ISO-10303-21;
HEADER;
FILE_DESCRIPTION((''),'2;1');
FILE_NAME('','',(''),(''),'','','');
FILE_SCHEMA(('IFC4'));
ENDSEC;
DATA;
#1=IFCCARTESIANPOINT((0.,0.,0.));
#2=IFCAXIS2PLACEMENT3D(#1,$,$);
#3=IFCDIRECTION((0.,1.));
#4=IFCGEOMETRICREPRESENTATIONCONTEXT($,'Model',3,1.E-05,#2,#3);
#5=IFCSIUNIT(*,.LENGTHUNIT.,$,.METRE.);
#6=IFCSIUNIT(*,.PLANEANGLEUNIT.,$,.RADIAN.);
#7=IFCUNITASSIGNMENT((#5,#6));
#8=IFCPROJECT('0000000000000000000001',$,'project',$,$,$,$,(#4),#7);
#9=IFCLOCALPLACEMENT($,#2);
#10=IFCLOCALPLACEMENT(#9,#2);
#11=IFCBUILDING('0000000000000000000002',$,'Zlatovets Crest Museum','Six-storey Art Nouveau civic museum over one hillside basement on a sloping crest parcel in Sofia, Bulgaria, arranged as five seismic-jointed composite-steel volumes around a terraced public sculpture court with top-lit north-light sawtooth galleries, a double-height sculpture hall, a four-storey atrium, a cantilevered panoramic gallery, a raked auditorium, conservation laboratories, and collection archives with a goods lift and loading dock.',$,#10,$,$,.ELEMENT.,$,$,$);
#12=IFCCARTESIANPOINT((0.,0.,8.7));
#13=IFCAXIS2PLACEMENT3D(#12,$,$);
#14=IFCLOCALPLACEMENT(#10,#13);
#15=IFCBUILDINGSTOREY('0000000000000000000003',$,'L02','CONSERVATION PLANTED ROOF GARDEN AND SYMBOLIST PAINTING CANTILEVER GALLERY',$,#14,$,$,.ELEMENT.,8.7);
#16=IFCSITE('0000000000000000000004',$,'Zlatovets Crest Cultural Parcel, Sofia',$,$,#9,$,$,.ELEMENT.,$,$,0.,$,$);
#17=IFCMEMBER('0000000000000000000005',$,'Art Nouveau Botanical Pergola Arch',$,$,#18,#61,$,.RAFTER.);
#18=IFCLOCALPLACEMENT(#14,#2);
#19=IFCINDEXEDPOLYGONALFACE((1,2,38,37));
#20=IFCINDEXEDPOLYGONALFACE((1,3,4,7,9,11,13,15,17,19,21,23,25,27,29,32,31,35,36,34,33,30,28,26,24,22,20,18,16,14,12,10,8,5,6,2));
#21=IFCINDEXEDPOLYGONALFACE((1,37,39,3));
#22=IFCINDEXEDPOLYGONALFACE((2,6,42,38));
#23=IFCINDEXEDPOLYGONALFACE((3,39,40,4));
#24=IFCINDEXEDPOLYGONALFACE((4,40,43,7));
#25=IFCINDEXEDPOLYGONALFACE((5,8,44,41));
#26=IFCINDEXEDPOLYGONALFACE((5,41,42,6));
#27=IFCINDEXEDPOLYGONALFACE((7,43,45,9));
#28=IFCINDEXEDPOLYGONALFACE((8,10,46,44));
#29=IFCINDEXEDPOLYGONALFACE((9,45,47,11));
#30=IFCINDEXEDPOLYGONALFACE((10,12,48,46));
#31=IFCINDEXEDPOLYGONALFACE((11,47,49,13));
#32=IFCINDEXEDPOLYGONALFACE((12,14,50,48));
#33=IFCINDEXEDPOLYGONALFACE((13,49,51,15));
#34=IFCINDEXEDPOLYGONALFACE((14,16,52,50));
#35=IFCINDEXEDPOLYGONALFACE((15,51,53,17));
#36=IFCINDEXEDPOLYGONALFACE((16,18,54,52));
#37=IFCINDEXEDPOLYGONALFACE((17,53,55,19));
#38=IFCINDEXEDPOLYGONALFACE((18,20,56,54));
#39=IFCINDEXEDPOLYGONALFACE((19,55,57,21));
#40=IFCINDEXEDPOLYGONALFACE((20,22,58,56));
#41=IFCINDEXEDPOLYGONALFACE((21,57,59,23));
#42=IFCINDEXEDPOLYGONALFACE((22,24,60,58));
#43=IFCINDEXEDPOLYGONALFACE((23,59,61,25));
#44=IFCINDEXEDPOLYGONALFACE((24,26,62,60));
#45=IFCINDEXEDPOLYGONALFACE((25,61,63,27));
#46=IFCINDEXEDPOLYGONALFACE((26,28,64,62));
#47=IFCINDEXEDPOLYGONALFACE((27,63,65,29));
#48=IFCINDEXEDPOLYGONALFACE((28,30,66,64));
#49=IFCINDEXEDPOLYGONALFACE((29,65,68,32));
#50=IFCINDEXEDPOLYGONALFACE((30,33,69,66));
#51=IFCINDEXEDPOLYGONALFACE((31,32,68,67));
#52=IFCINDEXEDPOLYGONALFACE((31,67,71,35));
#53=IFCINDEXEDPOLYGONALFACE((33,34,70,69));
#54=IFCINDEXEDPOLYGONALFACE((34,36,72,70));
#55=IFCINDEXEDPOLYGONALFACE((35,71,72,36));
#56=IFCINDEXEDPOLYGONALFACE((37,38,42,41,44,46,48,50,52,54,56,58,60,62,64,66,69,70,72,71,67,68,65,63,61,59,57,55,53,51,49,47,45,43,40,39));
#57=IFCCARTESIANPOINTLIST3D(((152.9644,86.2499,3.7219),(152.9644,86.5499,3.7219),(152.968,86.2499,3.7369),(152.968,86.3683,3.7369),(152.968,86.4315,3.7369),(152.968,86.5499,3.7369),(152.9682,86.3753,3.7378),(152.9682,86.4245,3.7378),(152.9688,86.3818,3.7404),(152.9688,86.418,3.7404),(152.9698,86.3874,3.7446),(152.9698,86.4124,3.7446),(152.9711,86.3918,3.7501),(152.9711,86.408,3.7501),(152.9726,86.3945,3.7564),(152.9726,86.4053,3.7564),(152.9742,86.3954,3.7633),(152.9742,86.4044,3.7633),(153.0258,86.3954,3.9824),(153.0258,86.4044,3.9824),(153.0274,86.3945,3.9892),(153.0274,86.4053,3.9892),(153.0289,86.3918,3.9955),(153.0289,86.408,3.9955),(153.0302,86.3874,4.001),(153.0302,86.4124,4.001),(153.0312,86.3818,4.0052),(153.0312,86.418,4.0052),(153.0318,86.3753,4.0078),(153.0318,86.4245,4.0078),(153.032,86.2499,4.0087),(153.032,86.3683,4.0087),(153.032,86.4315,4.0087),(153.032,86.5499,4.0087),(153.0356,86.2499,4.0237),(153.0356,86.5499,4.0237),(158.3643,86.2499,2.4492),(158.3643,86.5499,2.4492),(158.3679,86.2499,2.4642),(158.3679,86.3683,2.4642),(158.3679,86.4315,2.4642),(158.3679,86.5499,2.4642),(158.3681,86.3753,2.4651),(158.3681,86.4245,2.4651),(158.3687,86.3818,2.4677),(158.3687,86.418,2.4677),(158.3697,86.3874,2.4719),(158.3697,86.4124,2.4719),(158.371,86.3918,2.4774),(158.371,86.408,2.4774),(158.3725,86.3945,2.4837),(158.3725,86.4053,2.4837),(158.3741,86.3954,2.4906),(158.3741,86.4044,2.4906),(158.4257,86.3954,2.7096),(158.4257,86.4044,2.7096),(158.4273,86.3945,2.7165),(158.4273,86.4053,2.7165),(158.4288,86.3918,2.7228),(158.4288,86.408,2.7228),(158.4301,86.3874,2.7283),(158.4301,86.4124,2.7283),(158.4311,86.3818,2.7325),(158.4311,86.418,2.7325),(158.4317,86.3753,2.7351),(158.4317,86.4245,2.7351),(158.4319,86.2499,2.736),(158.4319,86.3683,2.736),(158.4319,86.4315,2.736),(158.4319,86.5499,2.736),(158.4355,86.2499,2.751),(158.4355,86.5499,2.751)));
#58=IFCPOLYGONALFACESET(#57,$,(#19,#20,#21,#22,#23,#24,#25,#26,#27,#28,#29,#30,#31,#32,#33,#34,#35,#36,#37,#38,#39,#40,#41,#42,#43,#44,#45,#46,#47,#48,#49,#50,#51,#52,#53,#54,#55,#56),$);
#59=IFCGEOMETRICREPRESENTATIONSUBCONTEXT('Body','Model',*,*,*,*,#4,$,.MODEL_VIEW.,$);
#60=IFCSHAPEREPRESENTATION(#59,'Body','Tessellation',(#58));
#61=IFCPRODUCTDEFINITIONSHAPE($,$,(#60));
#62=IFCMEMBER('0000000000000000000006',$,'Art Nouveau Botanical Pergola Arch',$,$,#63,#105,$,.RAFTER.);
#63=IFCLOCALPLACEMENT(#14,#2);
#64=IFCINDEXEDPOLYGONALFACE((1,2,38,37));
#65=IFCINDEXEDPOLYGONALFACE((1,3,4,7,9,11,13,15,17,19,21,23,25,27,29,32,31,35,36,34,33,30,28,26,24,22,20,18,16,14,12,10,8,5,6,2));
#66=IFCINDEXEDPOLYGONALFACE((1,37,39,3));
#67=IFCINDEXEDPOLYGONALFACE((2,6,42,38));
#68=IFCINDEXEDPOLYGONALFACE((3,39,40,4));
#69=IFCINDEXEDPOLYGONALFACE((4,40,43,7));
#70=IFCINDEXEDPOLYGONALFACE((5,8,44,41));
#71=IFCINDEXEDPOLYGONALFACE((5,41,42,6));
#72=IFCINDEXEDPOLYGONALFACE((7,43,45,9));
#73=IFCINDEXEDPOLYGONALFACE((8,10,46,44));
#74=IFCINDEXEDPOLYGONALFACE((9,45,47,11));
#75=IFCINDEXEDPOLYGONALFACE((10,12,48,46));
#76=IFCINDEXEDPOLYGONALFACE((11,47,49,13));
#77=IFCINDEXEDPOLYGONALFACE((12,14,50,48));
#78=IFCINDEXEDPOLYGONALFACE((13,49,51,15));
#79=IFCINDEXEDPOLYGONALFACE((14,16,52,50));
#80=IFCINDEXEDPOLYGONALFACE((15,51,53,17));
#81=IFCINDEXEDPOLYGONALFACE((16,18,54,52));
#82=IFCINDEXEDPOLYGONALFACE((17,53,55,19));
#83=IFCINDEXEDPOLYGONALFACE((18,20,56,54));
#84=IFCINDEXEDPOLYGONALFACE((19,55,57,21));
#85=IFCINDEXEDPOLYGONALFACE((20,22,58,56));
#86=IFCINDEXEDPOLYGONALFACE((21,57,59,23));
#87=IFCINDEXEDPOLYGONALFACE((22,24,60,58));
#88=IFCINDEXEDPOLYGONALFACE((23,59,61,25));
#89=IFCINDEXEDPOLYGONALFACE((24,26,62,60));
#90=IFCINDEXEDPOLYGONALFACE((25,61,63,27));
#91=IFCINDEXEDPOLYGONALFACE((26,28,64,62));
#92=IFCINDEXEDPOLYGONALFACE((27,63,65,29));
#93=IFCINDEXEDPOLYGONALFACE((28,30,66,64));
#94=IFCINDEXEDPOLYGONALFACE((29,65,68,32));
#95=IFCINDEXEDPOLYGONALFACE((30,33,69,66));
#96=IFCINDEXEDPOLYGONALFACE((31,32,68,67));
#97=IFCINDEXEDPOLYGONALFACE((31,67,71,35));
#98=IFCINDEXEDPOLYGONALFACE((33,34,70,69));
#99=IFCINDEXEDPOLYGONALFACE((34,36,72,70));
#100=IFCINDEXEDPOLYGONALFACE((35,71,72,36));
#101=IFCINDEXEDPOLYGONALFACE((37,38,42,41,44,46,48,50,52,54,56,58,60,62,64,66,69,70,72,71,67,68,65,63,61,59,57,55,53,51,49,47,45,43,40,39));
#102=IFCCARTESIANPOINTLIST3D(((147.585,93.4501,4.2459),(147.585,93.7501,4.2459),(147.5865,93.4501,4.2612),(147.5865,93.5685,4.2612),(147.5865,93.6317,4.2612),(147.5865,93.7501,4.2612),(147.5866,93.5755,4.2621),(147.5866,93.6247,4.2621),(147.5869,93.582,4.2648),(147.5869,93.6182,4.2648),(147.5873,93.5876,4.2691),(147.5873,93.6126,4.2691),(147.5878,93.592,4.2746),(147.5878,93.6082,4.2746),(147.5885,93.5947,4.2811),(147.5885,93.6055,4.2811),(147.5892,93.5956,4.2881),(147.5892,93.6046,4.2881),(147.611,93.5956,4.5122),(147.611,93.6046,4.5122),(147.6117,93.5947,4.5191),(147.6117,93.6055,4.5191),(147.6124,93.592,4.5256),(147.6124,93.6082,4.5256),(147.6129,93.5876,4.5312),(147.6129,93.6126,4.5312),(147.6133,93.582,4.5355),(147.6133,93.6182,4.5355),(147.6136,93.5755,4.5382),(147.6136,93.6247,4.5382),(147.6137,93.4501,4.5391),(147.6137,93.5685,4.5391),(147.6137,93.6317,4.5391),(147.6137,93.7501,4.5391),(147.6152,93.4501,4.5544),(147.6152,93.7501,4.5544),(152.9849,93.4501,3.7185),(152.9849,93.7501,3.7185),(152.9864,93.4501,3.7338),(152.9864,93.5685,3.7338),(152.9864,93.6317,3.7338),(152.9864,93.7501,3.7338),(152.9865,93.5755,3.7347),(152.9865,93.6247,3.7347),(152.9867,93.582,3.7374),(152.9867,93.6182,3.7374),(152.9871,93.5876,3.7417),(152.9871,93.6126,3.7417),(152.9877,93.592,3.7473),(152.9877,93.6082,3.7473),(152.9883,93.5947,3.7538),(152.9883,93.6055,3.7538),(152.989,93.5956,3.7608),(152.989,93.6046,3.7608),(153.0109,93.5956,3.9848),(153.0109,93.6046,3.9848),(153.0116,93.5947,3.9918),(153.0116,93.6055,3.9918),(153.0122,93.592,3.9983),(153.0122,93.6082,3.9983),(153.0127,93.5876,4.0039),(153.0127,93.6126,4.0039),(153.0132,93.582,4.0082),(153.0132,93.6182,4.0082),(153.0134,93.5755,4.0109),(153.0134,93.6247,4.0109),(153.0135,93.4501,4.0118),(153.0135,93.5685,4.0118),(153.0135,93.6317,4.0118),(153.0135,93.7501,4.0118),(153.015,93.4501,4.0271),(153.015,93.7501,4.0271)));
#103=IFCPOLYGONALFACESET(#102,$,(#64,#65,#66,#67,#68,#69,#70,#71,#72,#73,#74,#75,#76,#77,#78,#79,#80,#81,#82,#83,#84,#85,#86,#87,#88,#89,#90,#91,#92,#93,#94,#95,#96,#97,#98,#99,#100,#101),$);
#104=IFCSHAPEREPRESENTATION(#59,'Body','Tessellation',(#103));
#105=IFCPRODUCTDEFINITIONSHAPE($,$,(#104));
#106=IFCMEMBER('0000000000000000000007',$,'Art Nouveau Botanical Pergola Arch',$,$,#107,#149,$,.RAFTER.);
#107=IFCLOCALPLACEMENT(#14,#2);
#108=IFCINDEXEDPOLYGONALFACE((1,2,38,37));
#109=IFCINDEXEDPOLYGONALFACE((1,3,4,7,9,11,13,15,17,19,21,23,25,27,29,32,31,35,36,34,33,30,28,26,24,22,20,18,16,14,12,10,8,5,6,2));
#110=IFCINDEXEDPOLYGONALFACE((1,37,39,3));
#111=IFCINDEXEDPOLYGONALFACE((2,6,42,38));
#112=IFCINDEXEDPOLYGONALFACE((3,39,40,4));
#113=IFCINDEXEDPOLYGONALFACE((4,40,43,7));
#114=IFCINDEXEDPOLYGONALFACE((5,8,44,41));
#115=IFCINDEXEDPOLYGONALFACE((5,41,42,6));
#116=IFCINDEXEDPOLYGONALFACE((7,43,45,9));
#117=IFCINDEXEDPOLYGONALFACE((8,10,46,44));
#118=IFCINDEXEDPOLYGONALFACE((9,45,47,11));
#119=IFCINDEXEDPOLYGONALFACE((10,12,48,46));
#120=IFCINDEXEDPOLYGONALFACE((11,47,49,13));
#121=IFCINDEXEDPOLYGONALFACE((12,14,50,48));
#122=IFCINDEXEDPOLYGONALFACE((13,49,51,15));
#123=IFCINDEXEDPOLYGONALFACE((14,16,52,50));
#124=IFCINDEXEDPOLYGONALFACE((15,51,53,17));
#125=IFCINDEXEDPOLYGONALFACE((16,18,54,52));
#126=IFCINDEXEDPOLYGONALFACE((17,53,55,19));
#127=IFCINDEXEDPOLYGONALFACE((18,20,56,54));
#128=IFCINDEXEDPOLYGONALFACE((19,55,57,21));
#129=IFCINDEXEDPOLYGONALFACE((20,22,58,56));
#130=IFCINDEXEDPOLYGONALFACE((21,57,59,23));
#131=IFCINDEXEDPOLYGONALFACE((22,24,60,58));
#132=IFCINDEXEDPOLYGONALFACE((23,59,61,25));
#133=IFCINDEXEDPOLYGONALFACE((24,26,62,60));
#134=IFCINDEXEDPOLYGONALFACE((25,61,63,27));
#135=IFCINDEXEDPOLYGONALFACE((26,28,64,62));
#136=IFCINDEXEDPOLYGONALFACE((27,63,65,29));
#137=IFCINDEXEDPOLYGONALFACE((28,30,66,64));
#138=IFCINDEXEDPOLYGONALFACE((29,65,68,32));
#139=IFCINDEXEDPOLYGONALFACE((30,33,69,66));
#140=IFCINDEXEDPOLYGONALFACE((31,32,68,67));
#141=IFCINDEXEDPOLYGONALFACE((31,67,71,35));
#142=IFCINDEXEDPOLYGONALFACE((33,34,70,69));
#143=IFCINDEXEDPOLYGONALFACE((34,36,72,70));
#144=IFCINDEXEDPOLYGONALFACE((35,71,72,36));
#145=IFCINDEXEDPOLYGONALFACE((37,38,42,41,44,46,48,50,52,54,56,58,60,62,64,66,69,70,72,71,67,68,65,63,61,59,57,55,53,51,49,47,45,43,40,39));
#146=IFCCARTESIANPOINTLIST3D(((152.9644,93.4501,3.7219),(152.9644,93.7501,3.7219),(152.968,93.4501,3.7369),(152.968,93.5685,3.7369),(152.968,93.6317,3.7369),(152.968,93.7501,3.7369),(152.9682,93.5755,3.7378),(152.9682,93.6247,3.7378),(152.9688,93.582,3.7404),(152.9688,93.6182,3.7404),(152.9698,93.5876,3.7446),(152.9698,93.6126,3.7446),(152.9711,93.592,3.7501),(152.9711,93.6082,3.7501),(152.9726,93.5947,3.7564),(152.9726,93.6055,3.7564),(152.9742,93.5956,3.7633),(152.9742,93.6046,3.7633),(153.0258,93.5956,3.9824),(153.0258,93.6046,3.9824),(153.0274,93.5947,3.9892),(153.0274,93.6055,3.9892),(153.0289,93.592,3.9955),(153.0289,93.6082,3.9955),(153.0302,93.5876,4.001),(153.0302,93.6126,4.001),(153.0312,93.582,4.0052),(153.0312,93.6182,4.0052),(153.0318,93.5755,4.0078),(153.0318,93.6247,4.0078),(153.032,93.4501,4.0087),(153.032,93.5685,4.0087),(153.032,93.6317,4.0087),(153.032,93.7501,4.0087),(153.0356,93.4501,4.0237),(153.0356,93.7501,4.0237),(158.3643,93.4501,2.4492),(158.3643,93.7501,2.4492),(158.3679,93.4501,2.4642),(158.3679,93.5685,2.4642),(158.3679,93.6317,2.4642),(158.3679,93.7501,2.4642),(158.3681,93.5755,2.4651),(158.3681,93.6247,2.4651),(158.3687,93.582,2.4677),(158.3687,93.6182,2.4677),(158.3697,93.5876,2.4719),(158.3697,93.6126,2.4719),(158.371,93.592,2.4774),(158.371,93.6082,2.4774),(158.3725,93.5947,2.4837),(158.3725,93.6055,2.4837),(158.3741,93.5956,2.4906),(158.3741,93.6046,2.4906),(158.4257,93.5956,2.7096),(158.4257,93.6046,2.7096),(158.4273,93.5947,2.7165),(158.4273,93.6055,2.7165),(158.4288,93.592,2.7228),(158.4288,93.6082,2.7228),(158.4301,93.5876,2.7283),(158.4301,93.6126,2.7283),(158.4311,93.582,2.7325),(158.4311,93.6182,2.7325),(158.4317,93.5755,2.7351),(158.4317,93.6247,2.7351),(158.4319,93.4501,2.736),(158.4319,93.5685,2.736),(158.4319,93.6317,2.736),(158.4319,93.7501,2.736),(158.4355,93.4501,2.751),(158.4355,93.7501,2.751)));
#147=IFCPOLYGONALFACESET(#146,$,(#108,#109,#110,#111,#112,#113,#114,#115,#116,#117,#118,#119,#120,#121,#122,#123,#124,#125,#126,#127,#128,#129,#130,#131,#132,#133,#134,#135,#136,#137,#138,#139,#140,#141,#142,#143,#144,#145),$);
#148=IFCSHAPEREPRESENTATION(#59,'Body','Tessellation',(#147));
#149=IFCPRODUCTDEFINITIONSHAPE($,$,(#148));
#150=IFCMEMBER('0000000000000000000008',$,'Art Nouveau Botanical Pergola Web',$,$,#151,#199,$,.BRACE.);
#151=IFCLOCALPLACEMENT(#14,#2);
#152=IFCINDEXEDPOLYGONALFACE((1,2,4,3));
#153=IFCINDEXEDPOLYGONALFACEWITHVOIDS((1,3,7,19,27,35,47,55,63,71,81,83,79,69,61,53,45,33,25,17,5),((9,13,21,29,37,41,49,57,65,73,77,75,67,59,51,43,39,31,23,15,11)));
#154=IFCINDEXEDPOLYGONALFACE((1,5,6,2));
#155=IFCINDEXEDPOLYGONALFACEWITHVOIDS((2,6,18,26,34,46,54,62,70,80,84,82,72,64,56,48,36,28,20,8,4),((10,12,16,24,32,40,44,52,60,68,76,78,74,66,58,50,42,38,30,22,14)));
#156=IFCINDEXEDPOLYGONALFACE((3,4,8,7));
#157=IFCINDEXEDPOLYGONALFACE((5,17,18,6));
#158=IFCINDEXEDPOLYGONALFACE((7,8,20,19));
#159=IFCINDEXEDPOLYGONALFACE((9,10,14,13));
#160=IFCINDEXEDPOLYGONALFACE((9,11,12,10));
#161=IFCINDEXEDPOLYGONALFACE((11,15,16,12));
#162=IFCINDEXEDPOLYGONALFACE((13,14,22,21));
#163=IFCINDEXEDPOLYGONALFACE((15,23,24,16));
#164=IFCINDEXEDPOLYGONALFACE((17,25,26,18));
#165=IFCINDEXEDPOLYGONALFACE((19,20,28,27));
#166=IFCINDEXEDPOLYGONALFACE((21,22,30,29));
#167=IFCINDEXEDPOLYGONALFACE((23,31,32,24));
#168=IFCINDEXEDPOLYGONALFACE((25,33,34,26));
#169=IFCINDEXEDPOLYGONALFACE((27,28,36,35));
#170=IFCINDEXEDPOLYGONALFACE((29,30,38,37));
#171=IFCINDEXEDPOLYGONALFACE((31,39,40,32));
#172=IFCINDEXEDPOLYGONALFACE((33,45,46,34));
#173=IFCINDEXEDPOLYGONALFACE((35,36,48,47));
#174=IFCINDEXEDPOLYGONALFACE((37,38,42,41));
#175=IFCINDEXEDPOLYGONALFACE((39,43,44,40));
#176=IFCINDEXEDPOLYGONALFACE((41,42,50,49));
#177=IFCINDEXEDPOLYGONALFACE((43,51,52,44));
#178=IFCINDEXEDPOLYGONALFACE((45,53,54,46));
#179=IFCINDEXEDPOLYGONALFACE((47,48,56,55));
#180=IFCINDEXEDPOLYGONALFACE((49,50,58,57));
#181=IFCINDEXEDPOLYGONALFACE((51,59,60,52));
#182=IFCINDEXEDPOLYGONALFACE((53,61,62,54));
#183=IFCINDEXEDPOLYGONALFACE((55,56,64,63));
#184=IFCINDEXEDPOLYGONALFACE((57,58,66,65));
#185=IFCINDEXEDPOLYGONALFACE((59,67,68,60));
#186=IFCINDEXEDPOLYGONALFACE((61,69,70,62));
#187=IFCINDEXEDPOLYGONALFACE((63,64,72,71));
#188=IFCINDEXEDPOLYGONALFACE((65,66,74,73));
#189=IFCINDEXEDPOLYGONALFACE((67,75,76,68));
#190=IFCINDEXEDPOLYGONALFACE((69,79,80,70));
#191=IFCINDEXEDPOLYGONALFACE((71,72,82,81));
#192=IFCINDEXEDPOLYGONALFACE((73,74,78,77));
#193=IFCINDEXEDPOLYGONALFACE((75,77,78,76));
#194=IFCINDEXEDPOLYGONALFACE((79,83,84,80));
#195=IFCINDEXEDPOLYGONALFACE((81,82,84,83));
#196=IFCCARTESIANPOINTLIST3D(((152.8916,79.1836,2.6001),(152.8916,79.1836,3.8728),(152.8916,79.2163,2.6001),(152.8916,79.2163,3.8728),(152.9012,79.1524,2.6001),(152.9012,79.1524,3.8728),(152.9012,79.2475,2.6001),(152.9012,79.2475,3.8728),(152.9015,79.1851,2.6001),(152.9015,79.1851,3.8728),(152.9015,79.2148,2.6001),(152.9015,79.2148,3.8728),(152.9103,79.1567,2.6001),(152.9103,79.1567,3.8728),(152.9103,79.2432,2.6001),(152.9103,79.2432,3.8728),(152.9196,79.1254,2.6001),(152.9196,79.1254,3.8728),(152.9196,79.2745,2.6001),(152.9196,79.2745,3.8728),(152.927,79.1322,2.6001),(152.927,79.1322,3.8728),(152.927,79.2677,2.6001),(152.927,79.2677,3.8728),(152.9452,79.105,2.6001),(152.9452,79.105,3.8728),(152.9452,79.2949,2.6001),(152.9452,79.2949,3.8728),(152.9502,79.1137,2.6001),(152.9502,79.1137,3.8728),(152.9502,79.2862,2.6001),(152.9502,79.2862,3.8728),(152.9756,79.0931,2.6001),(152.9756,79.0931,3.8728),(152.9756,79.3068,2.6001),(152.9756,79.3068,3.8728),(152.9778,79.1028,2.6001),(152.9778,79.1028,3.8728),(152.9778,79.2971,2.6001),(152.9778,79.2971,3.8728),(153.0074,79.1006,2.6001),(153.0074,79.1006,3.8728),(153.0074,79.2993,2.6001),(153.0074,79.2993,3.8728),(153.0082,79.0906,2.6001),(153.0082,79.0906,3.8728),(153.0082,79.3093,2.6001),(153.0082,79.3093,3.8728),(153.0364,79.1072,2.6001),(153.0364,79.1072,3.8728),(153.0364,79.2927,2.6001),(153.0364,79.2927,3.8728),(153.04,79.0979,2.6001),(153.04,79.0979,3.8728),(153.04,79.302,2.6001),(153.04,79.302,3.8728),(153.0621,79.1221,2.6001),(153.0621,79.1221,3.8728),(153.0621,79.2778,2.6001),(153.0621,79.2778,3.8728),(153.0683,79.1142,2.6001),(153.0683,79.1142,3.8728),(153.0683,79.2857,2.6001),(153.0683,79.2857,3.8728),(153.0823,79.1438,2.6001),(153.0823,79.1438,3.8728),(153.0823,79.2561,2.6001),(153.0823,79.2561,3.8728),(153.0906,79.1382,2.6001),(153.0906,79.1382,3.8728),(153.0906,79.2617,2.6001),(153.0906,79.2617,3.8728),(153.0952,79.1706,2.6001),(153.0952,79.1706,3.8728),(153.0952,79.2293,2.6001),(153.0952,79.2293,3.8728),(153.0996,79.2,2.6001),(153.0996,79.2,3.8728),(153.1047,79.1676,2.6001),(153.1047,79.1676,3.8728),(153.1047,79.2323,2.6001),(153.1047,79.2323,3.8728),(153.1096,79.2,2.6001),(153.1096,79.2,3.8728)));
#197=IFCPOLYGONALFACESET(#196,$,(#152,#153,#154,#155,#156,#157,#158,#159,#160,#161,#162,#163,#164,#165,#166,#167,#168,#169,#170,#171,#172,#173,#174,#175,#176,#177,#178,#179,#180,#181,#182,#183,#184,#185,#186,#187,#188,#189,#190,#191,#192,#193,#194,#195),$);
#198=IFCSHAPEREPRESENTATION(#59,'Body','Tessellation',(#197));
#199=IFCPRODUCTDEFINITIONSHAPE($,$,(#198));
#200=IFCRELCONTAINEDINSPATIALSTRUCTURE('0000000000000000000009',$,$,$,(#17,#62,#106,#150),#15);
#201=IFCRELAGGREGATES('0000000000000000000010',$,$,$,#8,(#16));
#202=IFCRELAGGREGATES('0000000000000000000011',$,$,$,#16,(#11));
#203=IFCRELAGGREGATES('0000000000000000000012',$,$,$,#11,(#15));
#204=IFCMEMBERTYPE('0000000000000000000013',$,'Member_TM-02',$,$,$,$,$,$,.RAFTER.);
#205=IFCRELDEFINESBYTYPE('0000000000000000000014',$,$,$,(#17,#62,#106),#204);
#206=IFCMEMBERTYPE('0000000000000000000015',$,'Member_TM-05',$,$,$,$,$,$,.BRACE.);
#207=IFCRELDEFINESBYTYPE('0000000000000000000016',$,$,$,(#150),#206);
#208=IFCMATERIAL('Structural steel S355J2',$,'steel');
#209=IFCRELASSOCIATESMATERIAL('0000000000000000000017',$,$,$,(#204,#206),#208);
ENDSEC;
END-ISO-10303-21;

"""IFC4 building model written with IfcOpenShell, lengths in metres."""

from ifc_helpers import new_model, si_unit, direction, frame, origin, origin_2d, place, context, subcontext, project, spatial, hollow_circle, i_section, extrude, material, material_profile, profile_set, type_object, element, save


model = new_model("IFC4")

# Units and contexts
model_context = context("Model", 3, precision=1e-05, world=origin(), true_north=direction((0.0, 1.0)))
body_context = subcontext(model_context, "Body", "Model", "MODEL_VIEW")
ifc_project = project(units=[si_unit("LENGTHUNIT", "METRE"), si_unit("PLANEANGLEUNIT", "RADIAN")], contexts=[model_context])

# Site, building, storey
site_placement = place(None, origin())
site = spatial("IfcSite", under=ifc_project, at=site_placement, Name="Zlatovets Crest Cultural Parcel, Sofia", CompositionType="ELEMENT", RefElevation=0.0)
building_placement = place(site_placement, origin())
building = spatial("IfcBuilding", under=site, at=building_placement, Name="Zlatovets Crest Museum", Description="Six-storey Art Nouveau civic museum over one hillside basement on a sloping crest parcel in Sofia, Bulgaria, arranged as five seismic-jointed composite-steel volumes around a terraced public sculpture court with top-lit north-light sawtooth galleries, a double-height sculpture hall, a four-storey atrium, a cantilevered panoramic gallery, a raked auditorium, conservation laboratories, and collection archives with a goods lift and loading dock.", CompositionType="ELEMENT")
storey_placement = place(building_placement, frame((0.0, 0.0, 8.7)))
storey = spatial("IfcBuildingStorey", under=building, at=storey_placement, Name="L02", Description="CONSERVATION PLANTED ROOF GARDEN AND SYMBOLIST PAINTING CANTILEVER GALLERY", CompositionType="ELEMENT", Elevation=8.7)

# Shared definitions
ifc_material = material(Name="Structural steel S355J2", Category="steel")

# Members
ifc_material_profile_1 = material_profile(ifc_material, i_section(OverallWidth=0.3, OverallDepth=0.3101, WebThickness=0.009, FlangeThickness=0.0154, FilletRadius=0.0271, at=origin_2d()), Name="HEA 320")
ifc_profile_set_1 = profile_set([ifc_material_profile_1], Name="Structural steel S355J2")
member_type_1 = type_object("IfcMemberType", Name="Member_TM-02", PredefinedType="RAFTER", material=ifc_profile_set_1)
for number, where, z_axis, x_axis, name in (
    (1, (153.0, 86.3999, 3.8728), (0.973331, 0.0, -0.229405), (0.0, 1.0, 0.0), "Art Nouveau Botanical Pergola Arch"),
):
    element("IfcMember", number, at=place(storey_placement, frame(where, z_axis=z_axis, x_axis=x_axis)), inside=storey, type_object=member_type_1, Name=name, PredefinedType="RAFTER", context=body_context, shape_type="SweptSolid", body=[
        extrude(i_section(OverallWidth=0.3, OverallDepth=0.3101, WebThickness=0.009, FlangeThickness=0.0154, FilletRadius=0.0271, at=origin_2d()), origin(), (0.0, 0.0, 1.0), 5.5479),
    ])
member_1_placement = place(storey_placement, frame((147.6001, 93.6001, 4.4001), z_axis=(0.995265, 0.0, -0.097196), x_axis=(0.0, 1.0, 0.0)))
element("IfcMember", 2, at=member_1_placement, inside=storey, type_object=member_type_1, Name="Art Nouveau Botanical Pergola Arch", PredefinedType="RAFTER", context=body_context, shape_type="SweptSolid", body=[
    extrude(i_section(OverallWidth=0.3, OverallDepth=0.3101, WebThickness=0.009, FlangeThickness=0.0154, FilletRadius=0.0271, at=origin_2d()), origin(), (0.0, 0.0, 1.0), 5.4255),
])
member_2_placement = place(storey_placement, frame((153.0, 93.6001, 3.8728), z_axis=(0.973331, 0.0, -0.229405), x_axis=(0.0, 1.0, 0.0)))
element("IfcMember", 3, at=member_2_placement, inside=storey, type_object=member_type_1, Name="Art Nouveau Botanical Pergola Arch", PredefinedType="RAFTER", context=body_context, shape_type="SweptSolid", body=[
    extrude(i_section(OverallWidth=0.3, OverallDepth=0.3101, WebThickness=0.009, FlangeThickness=0.0154, FilletRadius=0.0271, at=origin_2d()), origin(), (0.0, 0.0, 1.0), 5.5479),
])
ifc_material_profile_2 = material_profile(ifc_material, hollow_circle(Radius=0.1096, WallThickness=0.01, at=origin_2d()), Name="CHS 219.1x10.0")
ifc_profile_set_2 = profile_set([ifc_material_profile_2], Name="Structural steel S355J2")
member_type_2 = type_object("IfcMemberType", Name="Member_TM-05", PredefinedType="BRACE", material=ifc_profile_set_2)
for number, where, z_axis, x_axis, name in (
    (4, (153.0, 79.2, 2.6001), (0.0, 0.0, 1.0), (1.0, 0.0, 0.0), "Art Nouveau Botanical Pergola Web"),
):
    element("IfcMember", number, at=place(storey_placement, frame(where, z_axis=z_axis, x_axis=x_axis)), inside=storey, type_object=member_type_2, Name=name, PredefinedType="BRACE", context=body_context, shape_type="SweptSolid", body=[
        extrude(hollow_circle(Radius=0.1096, WallThickness=0.01, at=origin_2d()), origin(), (0.0, 0.0, 1.0), 1.2727),
    ])

save(model, "model.ifc")
